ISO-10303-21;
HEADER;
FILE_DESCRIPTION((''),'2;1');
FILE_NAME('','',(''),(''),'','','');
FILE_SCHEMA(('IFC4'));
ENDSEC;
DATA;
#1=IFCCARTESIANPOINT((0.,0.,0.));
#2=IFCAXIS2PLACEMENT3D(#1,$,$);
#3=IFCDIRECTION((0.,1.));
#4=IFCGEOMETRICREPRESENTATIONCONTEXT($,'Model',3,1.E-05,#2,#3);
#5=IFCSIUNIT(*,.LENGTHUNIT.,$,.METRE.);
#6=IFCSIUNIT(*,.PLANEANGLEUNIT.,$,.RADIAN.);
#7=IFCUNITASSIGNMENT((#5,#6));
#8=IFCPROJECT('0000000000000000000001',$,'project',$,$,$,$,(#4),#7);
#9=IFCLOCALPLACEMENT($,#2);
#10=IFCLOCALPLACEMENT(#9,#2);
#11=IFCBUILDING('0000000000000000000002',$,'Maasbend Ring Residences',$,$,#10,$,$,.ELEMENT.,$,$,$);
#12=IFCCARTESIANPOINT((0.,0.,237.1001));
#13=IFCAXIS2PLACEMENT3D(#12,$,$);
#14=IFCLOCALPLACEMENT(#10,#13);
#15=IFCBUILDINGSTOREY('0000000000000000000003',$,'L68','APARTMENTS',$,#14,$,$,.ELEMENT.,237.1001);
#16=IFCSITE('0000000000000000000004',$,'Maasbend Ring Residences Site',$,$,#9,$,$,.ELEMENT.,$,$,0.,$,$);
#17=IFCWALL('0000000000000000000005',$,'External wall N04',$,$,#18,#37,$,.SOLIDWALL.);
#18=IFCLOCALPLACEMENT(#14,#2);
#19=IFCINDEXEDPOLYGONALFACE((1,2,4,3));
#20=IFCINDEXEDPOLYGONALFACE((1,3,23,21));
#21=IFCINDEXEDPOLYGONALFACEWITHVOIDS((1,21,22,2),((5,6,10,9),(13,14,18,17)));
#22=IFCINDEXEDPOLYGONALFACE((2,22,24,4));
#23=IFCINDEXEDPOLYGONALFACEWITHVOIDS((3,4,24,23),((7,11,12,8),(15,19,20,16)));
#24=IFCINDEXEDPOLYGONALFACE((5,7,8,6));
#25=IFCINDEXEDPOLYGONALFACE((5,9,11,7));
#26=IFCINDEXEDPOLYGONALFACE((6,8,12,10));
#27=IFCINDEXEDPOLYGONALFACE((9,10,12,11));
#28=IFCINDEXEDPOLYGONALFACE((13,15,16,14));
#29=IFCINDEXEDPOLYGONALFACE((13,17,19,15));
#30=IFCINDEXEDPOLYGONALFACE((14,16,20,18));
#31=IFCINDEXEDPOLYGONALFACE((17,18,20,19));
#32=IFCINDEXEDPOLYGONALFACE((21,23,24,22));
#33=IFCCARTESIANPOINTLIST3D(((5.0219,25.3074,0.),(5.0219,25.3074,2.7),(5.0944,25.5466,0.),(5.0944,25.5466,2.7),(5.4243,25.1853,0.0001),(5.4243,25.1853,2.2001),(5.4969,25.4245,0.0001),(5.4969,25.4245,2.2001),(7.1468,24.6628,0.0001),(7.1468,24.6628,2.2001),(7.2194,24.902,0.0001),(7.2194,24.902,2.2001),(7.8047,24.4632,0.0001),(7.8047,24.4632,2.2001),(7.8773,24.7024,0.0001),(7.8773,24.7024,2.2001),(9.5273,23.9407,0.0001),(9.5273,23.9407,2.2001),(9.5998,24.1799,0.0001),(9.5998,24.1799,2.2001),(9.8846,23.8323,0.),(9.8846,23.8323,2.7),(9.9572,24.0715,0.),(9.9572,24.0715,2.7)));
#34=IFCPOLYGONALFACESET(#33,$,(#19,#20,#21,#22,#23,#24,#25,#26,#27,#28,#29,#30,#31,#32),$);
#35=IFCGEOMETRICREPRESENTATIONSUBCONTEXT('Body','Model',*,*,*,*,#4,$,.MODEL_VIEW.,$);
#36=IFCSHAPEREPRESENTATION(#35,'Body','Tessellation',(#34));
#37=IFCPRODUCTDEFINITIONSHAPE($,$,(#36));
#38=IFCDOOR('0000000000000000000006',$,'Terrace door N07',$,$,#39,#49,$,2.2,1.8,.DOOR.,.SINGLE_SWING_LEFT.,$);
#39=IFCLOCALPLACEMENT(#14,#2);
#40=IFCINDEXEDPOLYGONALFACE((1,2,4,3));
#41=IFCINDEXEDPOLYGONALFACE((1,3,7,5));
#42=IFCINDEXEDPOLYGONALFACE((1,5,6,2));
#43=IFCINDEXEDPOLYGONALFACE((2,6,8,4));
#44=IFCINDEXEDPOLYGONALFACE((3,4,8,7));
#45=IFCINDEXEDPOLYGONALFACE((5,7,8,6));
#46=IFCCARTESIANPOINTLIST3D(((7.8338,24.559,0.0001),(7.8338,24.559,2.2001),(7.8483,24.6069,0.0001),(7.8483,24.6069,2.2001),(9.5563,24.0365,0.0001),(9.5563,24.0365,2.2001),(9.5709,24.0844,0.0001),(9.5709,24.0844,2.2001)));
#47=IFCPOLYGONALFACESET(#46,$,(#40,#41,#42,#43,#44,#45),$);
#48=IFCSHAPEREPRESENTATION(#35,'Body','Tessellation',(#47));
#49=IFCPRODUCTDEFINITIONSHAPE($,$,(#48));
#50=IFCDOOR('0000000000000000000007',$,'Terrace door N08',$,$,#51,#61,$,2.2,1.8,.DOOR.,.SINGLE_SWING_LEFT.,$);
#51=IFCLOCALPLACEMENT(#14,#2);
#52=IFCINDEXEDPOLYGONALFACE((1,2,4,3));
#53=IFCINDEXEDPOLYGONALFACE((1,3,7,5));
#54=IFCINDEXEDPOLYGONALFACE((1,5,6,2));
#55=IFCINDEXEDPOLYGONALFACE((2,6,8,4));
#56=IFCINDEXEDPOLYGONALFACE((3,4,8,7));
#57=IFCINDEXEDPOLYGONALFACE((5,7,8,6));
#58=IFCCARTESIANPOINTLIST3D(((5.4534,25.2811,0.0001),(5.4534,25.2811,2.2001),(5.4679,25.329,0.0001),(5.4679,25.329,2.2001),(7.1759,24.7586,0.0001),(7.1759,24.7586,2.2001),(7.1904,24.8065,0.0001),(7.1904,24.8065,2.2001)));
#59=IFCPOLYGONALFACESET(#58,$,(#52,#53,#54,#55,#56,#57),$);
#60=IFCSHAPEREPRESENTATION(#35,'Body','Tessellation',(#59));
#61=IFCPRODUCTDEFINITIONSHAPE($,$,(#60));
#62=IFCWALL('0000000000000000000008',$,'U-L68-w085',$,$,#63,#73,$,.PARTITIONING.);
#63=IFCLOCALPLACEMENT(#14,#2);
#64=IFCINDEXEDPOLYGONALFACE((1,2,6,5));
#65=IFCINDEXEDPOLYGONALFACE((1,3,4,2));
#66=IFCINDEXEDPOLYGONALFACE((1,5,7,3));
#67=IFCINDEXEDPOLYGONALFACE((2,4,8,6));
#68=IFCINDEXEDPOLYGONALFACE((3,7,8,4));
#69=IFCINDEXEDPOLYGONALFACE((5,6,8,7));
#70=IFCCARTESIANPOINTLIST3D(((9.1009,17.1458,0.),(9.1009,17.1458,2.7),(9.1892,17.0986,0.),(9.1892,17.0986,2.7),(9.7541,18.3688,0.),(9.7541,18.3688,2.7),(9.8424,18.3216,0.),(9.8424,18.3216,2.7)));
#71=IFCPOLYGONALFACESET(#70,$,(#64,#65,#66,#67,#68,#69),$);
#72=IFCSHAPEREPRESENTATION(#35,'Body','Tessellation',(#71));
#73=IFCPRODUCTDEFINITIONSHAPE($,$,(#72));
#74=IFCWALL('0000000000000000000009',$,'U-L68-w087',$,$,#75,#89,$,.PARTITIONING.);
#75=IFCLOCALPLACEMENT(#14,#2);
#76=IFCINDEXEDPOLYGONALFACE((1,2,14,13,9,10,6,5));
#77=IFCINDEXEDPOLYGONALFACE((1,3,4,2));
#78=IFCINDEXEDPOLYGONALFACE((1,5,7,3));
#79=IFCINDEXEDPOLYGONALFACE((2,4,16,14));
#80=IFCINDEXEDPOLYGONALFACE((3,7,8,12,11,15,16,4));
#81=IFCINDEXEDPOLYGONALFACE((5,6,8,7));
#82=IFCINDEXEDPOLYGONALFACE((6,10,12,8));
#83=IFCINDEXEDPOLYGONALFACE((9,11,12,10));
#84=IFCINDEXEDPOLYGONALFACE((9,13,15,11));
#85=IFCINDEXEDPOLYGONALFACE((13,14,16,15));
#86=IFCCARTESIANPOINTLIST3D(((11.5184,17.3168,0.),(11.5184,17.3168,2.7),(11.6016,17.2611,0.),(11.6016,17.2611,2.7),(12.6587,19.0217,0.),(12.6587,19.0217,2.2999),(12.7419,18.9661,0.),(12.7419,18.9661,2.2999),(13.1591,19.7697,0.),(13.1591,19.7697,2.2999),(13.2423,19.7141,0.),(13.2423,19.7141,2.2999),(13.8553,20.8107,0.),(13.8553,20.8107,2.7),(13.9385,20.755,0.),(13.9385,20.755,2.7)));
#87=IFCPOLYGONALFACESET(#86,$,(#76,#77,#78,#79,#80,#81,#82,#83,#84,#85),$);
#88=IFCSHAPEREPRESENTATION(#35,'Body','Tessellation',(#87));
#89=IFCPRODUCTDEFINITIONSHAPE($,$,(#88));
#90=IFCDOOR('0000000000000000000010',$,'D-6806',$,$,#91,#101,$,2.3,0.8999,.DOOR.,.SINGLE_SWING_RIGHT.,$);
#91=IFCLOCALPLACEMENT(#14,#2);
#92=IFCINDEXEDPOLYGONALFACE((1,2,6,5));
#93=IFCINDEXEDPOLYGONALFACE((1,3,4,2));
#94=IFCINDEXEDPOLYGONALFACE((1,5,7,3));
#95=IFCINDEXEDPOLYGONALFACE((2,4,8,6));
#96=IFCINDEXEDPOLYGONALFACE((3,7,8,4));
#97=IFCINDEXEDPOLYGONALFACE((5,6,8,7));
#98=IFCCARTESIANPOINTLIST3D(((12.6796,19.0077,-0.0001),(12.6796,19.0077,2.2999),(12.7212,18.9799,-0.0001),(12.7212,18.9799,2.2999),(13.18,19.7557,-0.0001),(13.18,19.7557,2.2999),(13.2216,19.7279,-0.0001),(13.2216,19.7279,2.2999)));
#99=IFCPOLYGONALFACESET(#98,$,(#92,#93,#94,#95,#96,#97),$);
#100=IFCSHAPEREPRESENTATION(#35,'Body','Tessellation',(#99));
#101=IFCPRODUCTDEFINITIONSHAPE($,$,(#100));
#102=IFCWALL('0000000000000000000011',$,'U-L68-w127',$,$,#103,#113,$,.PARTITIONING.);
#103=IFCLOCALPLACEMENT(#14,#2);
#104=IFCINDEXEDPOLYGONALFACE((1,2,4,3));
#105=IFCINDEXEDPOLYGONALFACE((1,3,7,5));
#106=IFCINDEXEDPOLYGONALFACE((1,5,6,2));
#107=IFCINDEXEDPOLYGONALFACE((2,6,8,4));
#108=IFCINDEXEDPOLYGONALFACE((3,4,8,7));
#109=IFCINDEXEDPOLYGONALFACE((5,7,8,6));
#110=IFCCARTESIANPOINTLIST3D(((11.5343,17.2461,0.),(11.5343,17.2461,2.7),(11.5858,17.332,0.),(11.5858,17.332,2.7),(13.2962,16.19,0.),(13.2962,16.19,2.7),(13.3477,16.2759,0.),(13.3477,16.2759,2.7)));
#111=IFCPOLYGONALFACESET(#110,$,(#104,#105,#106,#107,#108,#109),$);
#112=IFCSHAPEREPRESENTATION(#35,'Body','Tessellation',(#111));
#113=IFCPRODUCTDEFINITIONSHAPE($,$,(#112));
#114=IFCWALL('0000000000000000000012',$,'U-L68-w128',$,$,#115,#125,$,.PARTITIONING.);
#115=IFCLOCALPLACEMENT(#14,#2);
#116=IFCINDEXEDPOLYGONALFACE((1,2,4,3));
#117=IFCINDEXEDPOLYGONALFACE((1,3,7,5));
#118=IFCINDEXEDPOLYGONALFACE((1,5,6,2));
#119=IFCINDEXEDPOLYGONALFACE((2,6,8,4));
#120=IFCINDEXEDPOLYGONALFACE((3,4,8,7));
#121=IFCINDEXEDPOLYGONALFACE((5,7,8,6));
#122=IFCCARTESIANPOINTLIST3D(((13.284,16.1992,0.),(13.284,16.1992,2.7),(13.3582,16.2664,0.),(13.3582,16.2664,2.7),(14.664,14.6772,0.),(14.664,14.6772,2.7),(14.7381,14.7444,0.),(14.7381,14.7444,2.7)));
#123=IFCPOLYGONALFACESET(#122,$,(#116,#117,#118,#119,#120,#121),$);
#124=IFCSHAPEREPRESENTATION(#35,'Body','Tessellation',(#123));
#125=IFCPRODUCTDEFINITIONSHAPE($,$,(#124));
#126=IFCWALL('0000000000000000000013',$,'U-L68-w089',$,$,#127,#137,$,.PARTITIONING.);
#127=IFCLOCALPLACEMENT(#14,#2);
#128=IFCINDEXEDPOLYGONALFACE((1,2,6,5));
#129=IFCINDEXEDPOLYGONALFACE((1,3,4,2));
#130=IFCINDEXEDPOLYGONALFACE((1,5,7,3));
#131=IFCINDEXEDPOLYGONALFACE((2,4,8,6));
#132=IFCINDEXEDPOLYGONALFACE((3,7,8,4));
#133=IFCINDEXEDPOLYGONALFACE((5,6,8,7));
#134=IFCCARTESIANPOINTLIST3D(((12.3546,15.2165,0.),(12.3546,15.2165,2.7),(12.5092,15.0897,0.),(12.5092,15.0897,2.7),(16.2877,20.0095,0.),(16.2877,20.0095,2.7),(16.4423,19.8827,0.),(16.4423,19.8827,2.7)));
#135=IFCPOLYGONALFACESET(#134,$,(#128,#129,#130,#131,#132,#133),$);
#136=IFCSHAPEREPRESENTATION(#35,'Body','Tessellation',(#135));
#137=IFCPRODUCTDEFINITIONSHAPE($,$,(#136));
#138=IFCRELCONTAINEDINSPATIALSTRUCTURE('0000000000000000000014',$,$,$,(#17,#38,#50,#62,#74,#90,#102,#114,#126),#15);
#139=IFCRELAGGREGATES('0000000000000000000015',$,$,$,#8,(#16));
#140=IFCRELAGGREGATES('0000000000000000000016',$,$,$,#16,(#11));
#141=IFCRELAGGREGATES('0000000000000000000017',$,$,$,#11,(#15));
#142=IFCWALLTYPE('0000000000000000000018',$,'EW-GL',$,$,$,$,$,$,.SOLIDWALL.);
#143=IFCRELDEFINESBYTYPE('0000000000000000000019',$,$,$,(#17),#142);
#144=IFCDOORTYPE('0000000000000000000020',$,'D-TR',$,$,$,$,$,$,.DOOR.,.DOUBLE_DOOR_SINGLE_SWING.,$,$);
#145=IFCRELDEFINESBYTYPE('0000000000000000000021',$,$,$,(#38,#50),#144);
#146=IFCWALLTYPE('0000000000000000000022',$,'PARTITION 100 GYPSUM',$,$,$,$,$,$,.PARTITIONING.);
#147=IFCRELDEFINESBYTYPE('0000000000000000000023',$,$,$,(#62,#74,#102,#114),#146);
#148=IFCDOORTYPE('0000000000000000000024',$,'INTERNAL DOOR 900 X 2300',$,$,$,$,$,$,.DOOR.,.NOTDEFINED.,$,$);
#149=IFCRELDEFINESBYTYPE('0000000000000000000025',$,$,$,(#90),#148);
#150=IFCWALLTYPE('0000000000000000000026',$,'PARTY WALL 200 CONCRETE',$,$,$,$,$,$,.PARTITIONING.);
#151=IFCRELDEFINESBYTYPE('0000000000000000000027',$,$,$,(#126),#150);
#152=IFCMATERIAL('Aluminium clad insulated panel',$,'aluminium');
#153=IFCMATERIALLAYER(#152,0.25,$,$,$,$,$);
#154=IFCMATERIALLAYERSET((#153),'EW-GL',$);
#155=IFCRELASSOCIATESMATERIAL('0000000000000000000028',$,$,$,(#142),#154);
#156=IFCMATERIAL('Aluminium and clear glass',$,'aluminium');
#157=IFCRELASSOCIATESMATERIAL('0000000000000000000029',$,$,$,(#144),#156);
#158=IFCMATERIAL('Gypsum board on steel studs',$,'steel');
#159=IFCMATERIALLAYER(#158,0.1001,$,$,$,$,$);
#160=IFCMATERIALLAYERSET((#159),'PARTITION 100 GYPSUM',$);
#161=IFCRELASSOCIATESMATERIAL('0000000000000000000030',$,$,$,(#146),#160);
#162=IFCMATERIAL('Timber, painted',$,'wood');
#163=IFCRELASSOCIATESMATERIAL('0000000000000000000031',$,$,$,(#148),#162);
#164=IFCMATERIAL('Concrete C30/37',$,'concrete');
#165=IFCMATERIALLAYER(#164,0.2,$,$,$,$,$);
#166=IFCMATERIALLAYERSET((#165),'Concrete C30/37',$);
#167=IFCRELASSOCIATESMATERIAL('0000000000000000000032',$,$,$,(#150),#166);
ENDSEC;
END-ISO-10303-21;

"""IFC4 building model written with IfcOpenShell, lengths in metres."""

from ifc_helpers import new_model, si_unit, direction, frame, frame_2d, origin, place, context, subcontext, project, spatial, rectangle, extrude, material, layer, layer_set, type_object, element, fill, save


model = new_model("IFC4")

# Units and contexts
model_context = context("Model", 3, precision=1e-05, world=origin(), true_north=direction((0.0, 1.0)))
body_context = subcontext(model_context, "Body", "Model", "MODEL_VIEW")
ifc_project = project(units=[si_unit("LENGTHUNIT", "METRE"), si_unit("PLANEANGLEUNIT", "RADIAN")], contexts=[model_context])

# Site, building, storey
site_placement = place(None, origin())
site = spatial("IfcSite", under=ifc_project, at=site_placement, Name="Maasbend Ring Residences Site", CompositionType="ELEMENT", RefElevation=0.0)
building_placement = place(site_placement, origin())
building = spatial("IfcBuilding", under=site, at=building_placement, Name="Maasbend Ring Residences", CompositionType="ELEMENT")
storey_placement = place(building_placement, frame((0.0, 0.0, 237.1001)))
storey = spatial("IfcBuildingStorey", under=building, at=storey_placement, Name="L68", Description="APARTMENTS", CompositionType="ELEMENT", Elevation=237.1001)

# Wall, openings, doors
ifc_material_1 = material(Name="Aluminium clad insulated panel", Category="aluminium")
ifc_layer_1 = layer(ifc_material_1, 0.25)
ifc_layer_set_1 = layer_set([ifc_layer_1], Name="EW-GL")
wall_type_1 = type_object("IfcWallType", Name="EW-GL", PredefinedType="SOLIDWALL", material=ifc_layer_set_1)
wall_1_placement = place(storey_placement, frame((9.9209, 23.9519, 0.0), z_axis=(0.0, 0.0, 1.0), x_axis=(-0.956941, 0.290282, 0.0)))
wall_1 = element("IfcWall", 1, at=wall_1_placement, inside=storey, type_object=wall_type_1, Name="External wall N04", PredefinedType="SOLIDWALL", context=body_context, shape_type="SweptSolid", body=[
    extrude(rectangle(XDim=5.0815, YDim=0.25, at=frame_2d((2.5408, 0.0))), origin(), (0.0, 0.0, 1.0), 2.7),
])
opening_1_placement = place(wall_1_placement, frame((0.3735, 0.0, 0.0)))
opening_1 = element("IfcOpeningElement", 2, at=opening_1_placement, cuts=wall_1, PredefinedType="OPENING", context=body_context, shape_type="SweptSolid", body=[
    extrude(rectangle(XDim=1.8, YDim=2.2, at=frame_2d((0.8999, 1.1001))), frame((0.0, 0.135, 0.0), z_axis=(0.0, -1.0, 0.0), x_axis=(1.0, 0.0, 0.0)), (0.0, 0.0, 1.0), 0.27),
])
opening_2_placement = place(wall_1_placement, frame((2.8611, 0.0, 0.0)))
opening_2 = element("IfcOpeningElement", 3, at=opening_2_placement, cuts=wall_1, PredefinedType="OPENING", context=body_context, shape_type="SweptSolid", body=[
    extrude(rectangle(XDim=1.8, YDim=2.2, at=frame_2d((0.8999, 1.1001))), frame((0.0, 0.135, 0.0), z_axis=(0.0, -1.0, 0.0), x_axis=(1.0, 0.0, 0.0)), (0.0, 0.0, 1.0), 0.27),
])
ifc_material_2 = material(Name="Aluminium and clear glass", Category="aluminium")
door_type_1 = type_object("IfcDoorType", Name="D-TR", OperationType="DOUBLE_DOOR_SINGLE_SWING", PredefinedType="DOOR", material=ifc_material_2)
door_1_placement = place(opening_1_placement, origin())
door_1 = element("IfcDoor", 4, at=door_1_placement, inside=storey, type_object=door_type_1, Name="Terrace door N07", OperationType="SINGLE_SWING_LEFT", OverallHeight=2.2, OverallWidth=1.8, PredefinedType="DOOR", context=body_context, shape_type="SweptSolid", body=[
    extrude(rectangle(XDim=1.8, YDim=2.2, at=frame_2d((0.8999, 1.1001))), frame((0.0, 0.0249, 0.0), z_axis=(0.0, -1.0, 0.0), x_axis=(1.0, 0.0, 0.0)), (0.0, 0.0, 1.0), 0.05),
])
fill(opening_1, door_1)
door_2_placement = place(opening_2_placement, origin())
door_2 = element("IfcDoor", 5, at=door_2_placement, inside=storey, type_object=door_type_1, Name="Terrace door N08", OperationType="SINGLE_SWING_LEFT", OverallHeight=2.2, OverallWidth=1.8, PredefinedType="DOOR", context=body_context, shape_type="SweptSolid", body=[
    extrude(rectangle(XDim=1.8, YDim=2.2, at=frame_2d((0.8999, 1.1001))), frame((0.0, 0.0249, 0.0), z_axis=(0.0, -1.0, 0.0), x_axis=(1.0, 0.0, 0.0)), (0.0, 0.0, 1.0), 0.05),
])
fill(opening_2, door_2)

# Wall
ifc_material_3 = material(Name="Gypsum board on steel studs", Category="steel")
ifc_layer_2 = layer(ifc_material_3, 0.1001)
ifc_layer_set_2 = layer_set([ifc_layer_2], Name="PARTITION 100 GYPSUM")
wall_type_2 = type_object("IfcWallType", Name="PARTITION 100 GYPSUM", PredefinedType="PARTITIONING", material=ifc_layer_set_2)
wall_2_placement = place(storey_placement, frame((9.145, 17.1221, 0.0), z_axis=(0.0, 0.0, 1.0), x_axis=(0.471073, 0.882094, 0.0)))
element("IfcWall", 6, at=wall_2_placement, inside=storey, type_object=wall_type_2, Name="U-L68-w085", PredefinedType="PARTITIONING", context=body_context, shape_type="SweptSolid", body=[
    extrude(rectangle(XDim=1.3865, YDim=0.1001, at=frame_2d((0.6934, 0.0))), origin(), (0.0, 0.0, 1.0), 2.7),
])

# Wall, opening, door
wall_3_placement = place(storey_placement, frame((11.5601, 17.2891, 0.0), z_axis=(0.0, 0.0, 1.0), x_axis=(0.555959, 0.831209, 0.0)))
wall_3 = element("IfcWall", 7, at=wall_3_placement, inside=storey, type_object=wall_type_2, Name="U-L68-w087", PredefinedType="PARTITIONING", context=body_context, shape_type="SweptSolid", body=[
    extrude(rectangle(XDim=4.2034, YDim=0.1001, at=frame_2d((2.1016, 0.0))), origin(), (0.0, 0.0, 1.0), 2.7),
])
opening_3_placement = place(wall_3_placement, frame((2.051, 0.0, 0.0)))
opening_3 = element("IfcOpeningElement", 8, at=opening_3_placement, cuts=wall_3, PredefinedType="OPENING", context=body_context, shape_type="SweptSolid", body=[
    extrude(rectangle(XDim=0.8999, YDim=2.3, at=frame_2d((0.45, 1.1499))), frame((0.0, 0.0601, 0.0), z_axis=(0.0, -1.0, 0.0), x_axis=(1.0, 0.0, 0.0)), (0.0, 0.0, 1.0), 0.1201),
])
ifc_material_4 = material(Name="Timber, painted", Category="wood")
door_type_2 = type_object("IfcDoorType", Name="INTERNAL DOOR 900 X 2300", OperationType="NOTDEFINED", PredefinedType="DOOR", material=ifc_material_4)
door_3_placement = place(opening_3_placement, origin())
door_3 = element("IfcDoor", 9, at=door_3_placement, inside=storey, type_object=door_type_2, Name="D-6806", OperationType="SINGLE_SWING_RIGHT", OverallHeight=2.3, OverallWidth=0.8999, PredefinedType="DOOR", context=body_context, shape_type="SweptSolid", body=[
    extrude(rectangle(XDim=0.8999, YDim=2.3, at=frame_2d((0.45, 1.1499))), frame((0.0, 0.0249, 0.0), z_axis=(0.0, -1.0, 0.0), x_axis=(1.0, 0.0, 0.0)), (0.0, 0.0, 1.0), 0.05),
])
fill(opening_3, door_3)

# Walls
wall_4_placement = place(storey_placement, frame((11.5601, 17.2891, 0.0), z_axis=(0.0, 0.0, 1.0), x_axis=(0.857713, -0.514129, 0.0)))
element("IfcWall", 10, at=wall_4_placement, inside=storey, type_object=wall_type_2, Name="U-L68-w127", PredefinedType="PARTITIONING", context=body_context, shape_type="SweptSolid", body=[
    extrude(rectangle(XDim=2.0542, YDim=0.1001, at=frame_2d((1.0271, 0.0))), origin(), (0.0, 0.0, 1.0), 2.7),
])
wall_5_placement = place(storey_placement, frame((13.321, 16.2329, 0.0), z_axis=(0.0, 0.0, 1.0), x_axis=(0.671678, -0.740843, 0.0)))
element("IfcWall", 11, at=wall_5_placement, inside=storey, type_object=wall_type_2, Name="U-L68-w128", PredefinedType="PARTITIONING", context=body_context, shape_type="SweptSolid", body=[
    extrude(rectangle(XDim=2.0544, YDim=0.1001, at=frame_2d((1.0273, 0.0))), origin(), (0.0, 0.0, 1.0), 2.7),
])
ifc_material_5 = material(Name="Concrete C30/37", Category="concrete")
ifc_layer_3 = layer(ifc_material_5, 0.2)
ifc_layer_set_3 = layer_set([ifc_layer_3], Name="Concrete C30/37")
wall_type_3 = type_object("IfcWallType", Name="PARTY WALL 200 CONCRETE", PredefinedType="PARTITIONING", material=ifc_layer_set_3)
wall_6_placement = place(storey_placement, frame((12.4319, 15.1531, 0.0), z_axis=(0.0, 0.0, 1.0), x_axis=(0.634356, 0.773041, 0.0)))
element("IfcWall", 12, at=wall_6_placement, inside=storey, type_object=wall_type_3, Name="U-L68-w089", PredefinedType="PARTITIONING", context=body_context, shape_type="SweptSolid", body=[
    extrude(rectangle(XDim=6.2002, YDim=0.2, at=frame_2d((3.1001, 0.0))), origin(), (0.0, 0.0, 1.0), 2.7),
])

save(model, "model.ifc")
